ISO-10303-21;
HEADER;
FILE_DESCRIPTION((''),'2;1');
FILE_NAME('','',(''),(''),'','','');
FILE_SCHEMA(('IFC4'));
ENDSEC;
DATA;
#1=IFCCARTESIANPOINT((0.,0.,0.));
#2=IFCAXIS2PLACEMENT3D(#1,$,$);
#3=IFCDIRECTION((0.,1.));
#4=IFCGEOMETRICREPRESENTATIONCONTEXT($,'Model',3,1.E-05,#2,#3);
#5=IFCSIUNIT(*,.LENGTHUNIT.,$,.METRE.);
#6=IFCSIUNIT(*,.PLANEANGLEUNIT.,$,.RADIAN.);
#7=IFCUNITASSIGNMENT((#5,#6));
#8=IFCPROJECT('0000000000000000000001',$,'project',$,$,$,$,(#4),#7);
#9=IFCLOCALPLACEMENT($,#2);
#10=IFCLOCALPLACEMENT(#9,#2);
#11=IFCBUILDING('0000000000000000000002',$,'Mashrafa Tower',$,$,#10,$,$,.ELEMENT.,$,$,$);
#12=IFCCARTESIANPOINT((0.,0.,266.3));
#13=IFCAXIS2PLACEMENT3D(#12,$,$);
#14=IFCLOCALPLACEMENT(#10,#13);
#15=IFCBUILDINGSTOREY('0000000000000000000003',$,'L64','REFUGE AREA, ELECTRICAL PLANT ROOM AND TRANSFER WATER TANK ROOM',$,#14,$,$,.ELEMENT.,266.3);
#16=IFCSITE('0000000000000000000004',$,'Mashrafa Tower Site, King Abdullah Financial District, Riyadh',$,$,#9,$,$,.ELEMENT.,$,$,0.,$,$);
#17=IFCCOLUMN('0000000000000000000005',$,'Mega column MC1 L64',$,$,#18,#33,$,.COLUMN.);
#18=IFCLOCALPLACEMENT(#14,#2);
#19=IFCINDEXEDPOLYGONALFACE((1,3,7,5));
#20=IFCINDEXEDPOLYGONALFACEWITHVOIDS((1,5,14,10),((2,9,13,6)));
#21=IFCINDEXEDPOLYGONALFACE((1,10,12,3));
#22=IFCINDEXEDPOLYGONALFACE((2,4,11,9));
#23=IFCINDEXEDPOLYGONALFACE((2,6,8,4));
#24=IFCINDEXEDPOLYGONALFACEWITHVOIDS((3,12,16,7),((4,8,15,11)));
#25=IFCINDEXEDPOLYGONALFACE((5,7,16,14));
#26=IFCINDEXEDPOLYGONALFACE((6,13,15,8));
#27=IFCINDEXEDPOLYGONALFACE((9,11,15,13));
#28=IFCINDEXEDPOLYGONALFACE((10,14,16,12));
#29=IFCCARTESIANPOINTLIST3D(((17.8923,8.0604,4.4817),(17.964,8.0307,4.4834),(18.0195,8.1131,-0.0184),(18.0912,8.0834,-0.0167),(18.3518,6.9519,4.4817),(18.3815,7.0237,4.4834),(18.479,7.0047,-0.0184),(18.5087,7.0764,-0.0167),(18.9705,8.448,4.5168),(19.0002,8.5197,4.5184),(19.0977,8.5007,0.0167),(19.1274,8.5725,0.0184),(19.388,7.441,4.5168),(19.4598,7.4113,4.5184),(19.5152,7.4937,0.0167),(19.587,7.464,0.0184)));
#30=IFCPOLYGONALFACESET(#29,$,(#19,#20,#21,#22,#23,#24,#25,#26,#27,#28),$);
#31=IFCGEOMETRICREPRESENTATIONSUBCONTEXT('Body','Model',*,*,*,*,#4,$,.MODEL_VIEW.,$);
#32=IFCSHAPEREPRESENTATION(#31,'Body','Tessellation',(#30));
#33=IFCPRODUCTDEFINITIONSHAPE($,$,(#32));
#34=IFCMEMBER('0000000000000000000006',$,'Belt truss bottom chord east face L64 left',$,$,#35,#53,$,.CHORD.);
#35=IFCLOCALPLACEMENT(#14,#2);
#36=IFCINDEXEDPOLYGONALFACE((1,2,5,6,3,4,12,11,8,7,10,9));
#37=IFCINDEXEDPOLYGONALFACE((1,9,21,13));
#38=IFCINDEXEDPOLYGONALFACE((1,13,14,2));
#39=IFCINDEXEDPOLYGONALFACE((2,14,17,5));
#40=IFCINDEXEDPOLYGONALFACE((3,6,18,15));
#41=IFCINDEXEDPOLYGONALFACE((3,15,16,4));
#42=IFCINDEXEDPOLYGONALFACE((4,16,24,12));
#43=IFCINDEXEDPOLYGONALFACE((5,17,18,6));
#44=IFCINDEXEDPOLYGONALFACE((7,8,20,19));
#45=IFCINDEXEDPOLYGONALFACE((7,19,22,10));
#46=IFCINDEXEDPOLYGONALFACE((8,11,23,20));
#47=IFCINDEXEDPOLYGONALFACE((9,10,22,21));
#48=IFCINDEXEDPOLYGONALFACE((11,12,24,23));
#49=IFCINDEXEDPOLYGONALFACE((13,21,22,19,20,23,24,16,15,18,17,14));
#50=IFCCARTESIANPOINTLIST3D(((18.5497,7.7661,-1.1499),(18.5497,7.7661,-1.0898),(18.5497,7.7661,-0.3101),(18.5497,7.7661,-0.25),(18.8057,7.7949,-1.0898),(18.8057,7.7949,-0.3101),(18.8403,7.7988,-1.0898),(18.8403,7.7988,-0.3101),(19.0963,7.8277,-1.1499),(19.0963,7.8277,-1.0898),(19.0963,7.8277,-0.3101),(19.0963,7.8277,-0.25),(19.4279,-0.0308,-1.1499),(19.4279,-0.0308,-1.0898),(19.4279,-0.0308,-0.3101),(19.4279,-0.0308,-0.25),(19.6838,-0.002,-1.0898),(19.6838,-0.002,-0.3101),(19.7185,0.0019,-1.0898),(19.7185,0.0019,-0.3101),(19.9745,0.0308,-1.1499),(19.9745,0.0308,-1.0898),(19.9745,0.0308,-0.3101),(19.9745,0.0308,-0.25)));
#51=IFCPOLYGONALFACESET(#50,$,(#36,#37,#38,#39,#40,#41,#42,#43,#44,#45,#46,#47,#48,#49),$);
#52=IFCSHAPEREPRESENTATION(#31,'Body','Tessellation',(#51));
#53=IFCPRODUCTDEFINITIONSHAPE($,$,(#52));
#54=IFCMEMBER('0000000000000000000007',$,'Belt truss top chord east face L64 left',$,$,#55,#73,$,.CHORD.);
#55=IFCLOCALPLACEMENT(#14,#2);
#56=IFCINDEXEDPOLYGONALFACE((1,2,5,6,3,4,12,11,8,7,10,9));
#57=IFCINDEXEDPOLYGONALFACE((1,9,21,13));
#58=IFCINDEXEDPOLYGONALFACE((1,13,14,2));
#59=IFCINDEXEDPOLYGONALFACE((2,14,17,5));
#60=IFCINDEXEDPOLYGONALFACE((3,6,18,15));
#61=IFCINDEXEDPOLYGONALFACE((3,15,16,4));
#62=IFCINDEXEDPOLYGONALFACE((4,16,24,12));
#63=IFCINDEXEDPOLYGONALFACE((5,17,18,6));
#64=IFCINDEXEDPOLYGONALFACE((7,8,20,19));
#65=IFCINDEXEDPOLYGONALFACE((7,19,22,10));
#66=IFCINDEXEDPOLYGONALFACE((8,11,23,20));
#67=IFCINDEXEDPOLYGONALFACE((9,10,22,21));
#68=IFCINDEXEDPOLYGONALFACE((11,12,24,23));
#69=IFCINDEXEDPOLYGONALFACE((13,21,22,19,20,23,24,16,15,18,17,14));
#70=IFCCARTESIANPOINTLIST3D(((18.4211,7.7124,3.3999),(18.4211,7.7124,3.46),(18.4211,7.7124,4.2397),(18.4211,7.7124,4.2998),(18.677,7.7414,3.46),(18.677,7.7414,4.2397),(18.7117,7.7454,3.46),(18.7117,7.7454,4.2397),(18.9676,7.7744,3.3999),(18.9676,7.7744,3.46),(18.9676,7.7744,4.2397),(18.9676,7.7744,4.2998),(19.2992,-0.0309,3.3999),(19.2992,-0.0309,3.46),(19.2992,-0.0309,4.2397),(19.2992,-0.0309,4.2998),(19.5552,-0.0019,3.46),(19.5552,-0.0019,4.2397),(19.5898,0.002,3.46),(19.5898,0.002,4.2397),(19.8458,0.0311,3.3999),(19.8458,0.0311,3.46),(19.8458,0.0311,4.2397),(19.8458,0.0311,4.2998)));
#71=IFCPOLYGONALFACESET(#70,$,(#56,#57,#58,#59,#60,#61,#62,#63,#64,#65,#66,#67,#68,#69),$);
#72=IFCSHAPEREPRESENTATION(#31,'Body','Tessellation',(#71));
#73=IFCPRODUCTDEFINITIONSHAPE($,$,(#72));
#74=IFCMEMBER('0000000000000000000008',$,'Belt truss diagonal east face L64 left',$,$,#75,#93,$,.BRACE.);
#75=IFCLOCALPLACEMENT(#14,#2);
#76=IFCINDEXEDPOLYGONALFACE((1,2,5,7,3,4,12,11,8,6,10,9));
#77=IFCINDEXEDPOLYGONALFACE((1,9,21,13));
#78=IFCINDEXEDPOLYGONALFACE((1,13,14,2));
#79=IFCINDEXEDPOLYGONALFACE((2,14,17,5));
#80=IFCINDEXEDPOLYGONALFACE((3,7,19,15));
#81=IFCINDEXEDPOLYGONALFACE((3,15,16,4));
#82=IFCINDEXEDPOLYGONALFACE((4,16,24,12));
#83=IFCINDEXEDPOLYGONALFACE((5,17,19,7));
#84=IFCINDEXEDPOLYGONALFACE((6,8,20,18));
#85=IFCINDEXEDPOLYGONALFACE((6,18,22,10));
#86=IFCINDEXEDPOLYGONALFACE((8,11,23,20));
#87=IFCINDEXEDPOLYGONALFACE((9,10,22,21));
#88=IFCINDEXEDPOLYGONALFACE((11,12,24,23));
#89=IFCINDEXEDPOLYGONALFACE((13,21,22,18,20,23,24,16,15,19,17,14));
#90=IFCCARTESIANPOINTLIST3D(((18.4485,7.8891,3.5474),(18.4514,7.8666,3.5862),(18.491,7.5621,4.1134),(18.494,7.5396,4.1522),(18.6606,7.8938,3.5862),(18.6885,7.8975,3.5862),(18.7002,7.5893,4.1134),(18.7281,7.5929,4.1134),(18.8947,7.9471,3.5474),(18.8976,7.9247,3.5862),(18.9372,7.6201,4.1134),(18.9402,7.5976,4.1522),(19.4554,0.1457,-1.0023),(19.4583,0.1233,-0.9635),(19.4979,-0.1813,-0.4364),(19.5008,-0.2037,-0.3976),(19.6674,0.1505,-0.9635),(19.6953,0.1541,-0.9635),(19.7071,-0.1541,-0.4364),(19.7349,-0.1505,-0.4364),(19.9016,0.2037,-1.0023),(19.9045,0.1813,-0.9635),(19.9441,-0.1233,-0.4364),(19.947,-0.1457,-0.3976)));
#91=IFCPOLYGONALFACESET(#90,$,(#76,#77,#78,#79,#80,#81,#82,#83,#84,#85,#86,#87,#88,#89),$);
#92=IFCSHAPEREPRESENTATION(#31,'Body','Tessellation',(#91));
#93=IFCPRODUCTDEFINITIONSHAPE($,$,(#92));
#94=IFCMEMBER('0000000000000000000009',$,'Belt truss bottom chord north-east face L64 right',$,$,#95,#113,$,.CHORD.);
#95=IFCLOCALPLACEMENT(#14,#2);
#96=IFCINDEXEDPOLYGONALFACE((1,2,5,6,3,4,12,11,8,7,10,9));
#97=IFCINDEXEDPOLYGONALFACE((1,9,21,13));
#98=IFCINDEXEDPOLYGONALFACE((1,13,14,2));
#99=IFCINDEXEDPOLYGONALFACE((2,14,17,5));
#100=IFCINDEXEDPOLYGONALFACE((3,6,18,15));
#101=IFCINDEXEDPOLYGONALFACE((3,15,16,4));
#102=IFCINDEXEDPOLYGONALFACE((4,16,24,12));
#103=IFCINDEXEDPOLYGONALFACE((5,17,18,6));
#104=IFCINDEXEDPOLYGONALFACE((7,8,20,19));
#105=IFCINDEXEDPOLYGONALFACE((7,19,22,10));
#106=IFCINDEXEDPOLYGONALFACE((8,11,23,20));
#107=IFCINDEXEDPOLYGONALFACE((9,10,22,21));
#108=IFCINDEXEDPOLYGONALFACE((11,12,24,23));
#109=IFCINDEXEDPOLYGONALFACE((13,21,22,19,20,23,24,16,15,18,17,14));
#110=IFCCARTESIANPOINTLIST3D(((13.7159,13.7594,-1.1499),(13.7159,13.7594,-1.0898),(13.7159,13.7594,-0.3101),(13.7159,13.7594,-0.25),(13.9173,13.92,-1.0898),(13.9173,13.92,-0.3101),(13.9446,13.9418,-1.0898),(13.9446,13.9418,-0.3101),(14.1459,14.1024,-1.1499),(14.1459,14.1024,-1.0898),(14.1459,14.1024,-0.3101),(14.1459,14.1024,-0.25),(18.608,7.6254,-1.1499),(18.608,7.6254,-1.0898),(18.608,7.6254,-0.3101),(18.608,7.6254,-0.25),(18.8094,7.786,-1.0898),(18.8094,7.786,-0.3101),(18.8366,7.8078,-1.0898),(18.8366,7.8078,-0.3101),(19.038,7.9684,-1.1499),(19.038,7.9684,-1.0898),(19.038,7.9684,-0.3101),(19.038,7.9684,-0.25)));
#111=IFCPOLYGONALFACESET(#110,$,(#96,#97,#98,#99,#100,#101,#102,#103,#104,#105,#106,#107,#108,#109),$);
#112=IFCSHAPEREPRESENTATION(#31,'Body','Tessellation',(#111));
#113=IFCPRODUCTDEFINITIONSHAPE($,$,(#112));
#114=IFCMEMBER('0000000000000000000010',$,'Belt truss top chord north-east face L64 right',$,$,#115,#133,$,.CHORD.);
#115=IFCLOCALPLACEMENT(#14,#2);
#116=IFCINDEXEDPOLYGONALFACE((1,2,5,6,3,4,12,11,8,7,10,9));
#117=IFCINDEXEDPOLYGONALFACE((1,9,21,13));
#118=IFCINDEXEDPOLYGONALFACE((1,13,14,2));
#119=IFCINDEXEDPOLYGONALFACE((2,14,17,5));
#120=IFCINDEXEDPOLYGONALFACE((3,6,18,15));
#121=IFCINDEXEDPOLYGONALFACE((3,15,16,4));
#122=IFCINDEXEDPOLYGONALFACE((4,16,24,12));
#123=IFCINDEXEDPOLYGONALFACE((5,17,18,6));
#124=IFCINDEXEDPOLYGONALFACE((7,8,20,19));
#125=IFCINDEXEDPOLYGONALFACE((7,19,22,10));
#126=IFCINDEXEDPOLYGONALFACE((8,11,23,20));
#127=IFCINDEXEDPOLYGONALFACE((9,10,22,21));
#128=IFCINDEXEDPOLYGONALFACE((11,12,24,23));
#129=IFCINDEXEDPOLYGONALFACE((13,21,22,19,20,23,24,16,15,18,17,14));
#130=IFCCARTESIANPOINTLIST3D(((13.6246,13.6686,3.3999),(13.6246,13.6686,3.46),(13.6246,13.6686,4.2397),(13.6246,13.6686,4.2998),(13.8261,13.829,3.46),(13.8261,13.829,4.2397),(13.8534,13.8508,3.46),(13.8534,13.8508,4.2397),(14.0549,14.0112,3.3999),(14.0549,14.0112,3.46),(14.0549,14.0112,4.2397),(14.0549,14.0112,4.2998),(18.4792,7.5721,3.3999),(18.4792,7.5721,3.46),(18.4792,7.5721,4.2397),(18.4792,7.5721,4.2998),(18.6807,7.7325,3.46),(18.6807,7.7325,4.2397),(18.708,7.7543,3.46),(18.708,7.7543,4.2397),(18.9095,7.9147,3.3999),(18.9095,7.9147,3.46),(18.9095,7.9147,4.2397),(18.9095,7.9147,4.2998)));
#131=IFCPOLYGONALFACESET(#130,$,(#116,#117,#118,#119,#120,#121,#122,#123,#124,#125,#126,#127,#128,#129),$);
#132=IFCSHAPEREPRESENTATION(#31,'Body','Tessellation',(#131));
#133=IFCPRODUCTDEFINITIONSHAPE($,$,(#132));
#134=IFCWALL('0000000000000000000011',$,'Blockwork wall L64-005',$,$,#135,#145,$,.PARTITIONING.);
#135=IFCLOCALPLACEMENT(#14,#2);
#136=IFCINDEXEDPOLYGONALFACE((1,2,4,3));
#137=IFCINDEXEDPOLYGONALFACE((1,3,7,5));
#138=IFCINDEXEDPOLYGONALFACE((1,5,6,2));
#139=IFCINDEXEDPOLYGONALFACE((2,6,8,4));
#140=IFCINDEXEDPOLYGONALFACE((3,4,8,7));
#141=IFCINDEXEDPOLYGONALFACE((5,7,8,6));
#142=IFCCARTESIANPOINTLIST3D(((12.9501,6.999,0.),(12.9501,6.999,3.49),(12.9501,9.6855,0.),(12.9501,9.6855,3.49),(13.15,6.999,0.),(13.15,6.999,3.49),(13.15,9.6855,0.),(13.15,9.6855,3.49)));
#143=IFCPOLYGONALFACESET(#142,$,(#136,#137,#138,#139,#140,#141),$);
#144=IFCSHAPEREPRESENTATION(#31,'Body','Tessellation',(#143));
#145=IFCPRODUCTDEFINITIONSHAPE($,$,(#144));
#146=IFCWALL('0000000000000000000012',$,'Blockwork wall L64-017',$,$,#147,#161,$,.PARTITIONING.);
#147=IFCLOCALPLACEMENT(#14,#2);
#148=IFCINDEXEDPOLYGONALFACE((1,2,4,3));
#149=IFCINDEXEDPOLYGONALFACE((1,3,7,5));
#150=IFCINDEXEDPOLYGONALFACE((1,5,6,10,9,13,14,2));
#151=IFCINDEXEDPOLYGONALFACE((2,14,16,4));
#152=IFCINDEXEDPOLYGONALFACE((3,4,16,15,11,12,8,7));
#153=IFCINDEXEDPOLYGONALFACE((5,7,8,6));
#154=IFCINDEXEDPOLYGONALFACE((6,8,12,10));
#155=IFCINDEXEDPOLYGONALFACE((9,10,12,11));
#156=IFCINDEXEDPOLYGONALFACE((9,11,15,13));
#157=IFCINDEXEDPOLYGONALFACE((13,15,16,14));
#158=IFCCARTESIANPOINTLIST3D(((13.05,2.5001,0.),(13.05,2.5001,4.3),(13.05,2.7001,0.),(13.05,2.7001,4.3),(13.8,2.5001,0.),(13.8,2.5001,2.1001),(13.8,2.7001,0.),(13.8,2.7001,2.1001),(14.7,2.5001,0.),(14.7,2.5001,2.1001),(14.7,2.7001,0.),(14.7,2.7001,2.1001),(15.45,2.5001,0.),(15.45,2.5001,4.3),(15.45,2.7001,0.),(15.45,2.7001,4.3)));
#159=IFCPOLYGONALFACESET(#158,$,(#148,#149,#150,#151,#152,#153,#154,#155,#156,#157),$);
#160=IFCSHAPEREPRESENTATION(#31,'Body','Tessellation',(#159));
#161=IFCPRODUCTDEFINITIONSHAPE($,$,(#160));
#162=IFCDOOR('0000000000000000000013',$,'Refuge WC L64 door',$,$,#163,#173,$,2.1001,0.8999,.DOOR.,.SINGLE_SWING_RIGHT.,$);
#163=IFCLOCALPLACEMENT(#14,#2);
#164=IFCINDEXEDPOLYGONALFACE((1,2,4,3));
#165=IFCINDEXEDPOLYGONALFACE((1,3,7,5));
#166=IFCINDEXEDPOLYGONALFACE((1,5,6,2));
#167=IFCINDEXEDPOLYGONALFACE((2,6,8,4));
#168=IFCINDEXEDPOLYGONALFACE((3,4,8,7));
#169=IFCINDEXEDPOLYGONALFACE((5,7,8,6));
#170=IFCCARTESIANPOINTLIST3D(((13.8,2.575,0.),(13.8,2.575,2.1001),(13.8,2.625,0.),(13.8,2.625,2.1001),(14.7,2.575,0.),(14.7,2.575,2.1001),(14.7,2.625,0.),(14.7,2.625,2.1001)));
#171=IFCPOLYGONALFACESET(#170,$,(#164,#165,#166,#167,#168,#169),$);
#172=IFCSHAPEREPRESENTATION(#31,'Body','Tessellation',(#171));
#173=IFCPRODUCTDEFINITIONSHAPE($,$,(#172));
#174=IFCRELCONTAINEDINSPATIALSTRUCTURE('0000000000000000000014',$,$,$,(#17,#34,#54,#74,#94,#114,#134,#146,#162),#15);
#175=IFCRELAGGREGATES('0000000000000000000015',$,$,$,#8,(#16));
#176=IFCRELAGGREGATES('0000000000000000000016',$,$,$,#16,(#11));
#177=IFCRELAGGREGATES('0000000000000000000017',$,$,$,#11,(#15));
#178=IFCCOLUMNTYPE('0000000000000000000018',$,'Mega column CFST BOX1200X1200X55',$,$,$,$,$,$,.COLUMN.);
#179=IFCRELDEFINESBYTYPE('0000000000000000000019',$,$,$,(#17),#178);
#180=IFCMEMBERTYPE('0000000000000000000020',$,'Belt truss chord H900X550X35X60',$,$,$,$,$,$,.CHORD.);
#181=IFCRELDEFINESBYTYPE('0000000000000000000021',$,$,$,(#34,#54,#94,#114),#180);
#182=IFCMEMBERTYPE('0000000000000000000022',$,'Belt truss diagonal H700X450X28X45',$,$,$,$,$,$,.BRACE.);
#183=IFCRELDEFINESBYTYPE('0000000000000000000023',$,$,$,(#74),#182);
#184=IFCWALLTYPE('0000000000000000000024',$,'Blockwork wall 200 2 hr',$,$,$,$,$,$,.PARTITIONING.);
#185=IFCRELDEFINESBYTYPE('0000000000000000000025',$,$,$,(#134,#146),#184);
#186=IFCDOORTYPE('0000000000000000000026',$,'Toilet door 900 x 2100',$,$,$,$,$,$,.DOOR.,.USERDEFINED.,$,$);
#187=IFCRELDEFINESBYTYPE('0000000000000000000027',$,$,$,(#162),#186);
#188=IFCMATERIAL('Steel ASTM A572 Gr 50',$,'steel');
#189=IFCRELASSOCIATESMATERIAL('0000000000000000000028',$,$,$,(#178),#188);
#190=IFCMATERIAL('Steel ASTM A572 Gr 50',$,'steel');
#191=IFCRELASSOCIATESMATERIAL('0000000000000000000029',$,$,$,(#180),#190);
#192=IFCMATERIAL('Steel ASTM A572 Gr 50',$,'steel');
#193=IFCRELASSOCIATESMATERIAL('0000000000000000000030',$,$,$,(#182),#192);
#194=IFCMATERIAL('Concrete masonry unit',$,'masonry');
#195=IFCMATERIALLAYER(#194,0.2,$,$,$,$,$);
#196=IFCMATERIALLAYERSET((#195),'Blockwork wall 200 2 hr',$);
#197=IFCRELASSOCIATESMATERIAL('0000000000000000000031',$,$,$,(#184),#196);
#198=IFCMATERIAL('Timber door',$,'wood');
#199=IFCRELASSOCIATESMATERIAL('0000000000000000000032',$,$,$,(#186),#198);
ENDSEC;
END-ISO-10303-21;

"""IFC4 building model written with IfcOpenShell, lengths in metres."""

from ifc_helpers import new_model, si_unit, direction, frame, frame_2d, origin, origin_2d, place, context, subcontext, project, spatial, rectangle, hollow_rectangle, i_section, extrude, source, transform, mapped, material, layer, layer_set, material_profile, profile_set, type_object, type_shapes, element, fill, save


model = new_model("IFC4")

# Units and contexts
model_context = context("Model", 3, precision=1e-05, world=origin(), true_north=direction((0.0, 1.0)))
body_context = subcontext(model_context, "Body", "Model", "MODEL_VIEW")
ifc_project = project(units=[si_unit("LENGTHUNIT", "METRE"), si_unit("PLANEANGLEUNIT", "RADIAN")], contexts=[model_context])

# Site, building, storey
site_placement = place(None, origin())
site = spatial("IfcSite", under=ifc_project, at=site_placement, Name="Mashrafa Tower Site, King Abdullah Financial District, Riyadh", CompositionType="ELEMENT", RefElevation=0.0)
building_placement = place(site_placement, origin())
building = spatial("IfcBuilding", under=site, at=building_placement, Name="Mashrafa Tower", CompositionType="ELEMENT")
storey_placement = place(building_placement, frame((0.0, 0.0, 266.3)))
storey = spatial("IfcBuildingStorey", under=building, at=storey_placement, Name="L64", Description="REFUGE AREA, ELECTRICAL PLANT ROOM AND TRANSFER WATER TANK ROOM", CompositionType="ELEMENT", Elevation=266.3)

# Column
ifc_material_1 = material(Name="Steel ASTM A572 Gr 50", Category="steel")
ifc_material_profile_1 = material_profile(ifc_material_1, hollow_rectangle(XDim=1.2, YDim=1.2, WallThickness=0.0549, at=origin_2d()), Name="BOX1200X1200X55")
ifc_profile_set_1 = profile_set([ifc_material_profile_1], Name="Steel ASTM A572 Gr 50")
column_type = type_object("IfcColumnType", Name="Mega column CFST BOX1200X1200X55", PredefinedType="COLUMN", material=ifc_profile_set_1)
column_placement = place(storey_placement, frame((18.8032, 7.7886, 0.0), z_axis=(-0.028253, -0.011713, 0.999532), x_axis=(0.382978, -0.923757, 0.0)))
element("IfcColumn", 1, at=column_placement, inside=storey, type_object=column_type, Name="Mega column MC1 L64", PredefinedType="COLUMN", context=body_context, shape_type="SweptSolid", body=[
    extrude(hollow_rectangle(XDim=1.2, YDim=1.2, WallThickness=0.0549, at=origin_2d()), origin(), (0.0, 0.0, 1.0), 4.5022),
])

# Members
ifc_material_2 = material(Name="Steel ASTM A572 Gr 50", Category="steel")
ifc_material_profile_2 = material_profile(ifc_material_2, i_section(OverallWidth=0.55, OverallDepth=0.8999, WebThickness=0.0349, FlangeThickness=0.0601, at=origin_2d()), Name="H900X550X35X60")
ifc_profile_set_2 = profile_set([ifc_material_profile_2], Name="Steel ASTM A572 Gr 50")
member_type_1 = type_object("IfcMemberType", Name="Belt truss chord H900X550X35X60", PredefinedType="CHORD", material=ifc_profile_set_2)
shared_shape_1 = source(origin(), body_context, "Body", "SweptSolid", [
    extrude(i_section(OverallWidth=0.55, OverallDepth=0.8999, WebThickness=0.0349, FlangeThickness=0.0601, at=origin_2d()), origin(), (0.0, 0.0, 1.0), 7.8462),
])
member_1_placement = place(storey_placement, frame((18.823, 7.7969, -0.7), z_axis=(0.111924, -0.993717, 0.0), x_axis=(0.993717, 0.111924, 0.0)))
element("IfcMember", 2, at=member_1_placement, inside=storey, type_object=member_type_1, Name="Belt truss bottom chord east face L64 left", PredefinedType="CHORD", context=body_context, shape_type="MappedRepresentation", body=[
    mapped(shared_shape_1, transform((0.0, 0.0, 0.0))),
])
shared_shape_2 = source(origin(), body_context, "Body", "SweptSolid", [
    extrude(i_section(OverallWidth=0.55, OverallDepth=0.8999, WebThickness=0.0349, FlangeThickness=0.0601, at=origin_2d()), origin(), (0.0, 0.0, 1.0), 7.793),
])
member_2_placement = place(storey_placement, frame((18.6943, 7.7434, 3.8499), z_axis=(0.112687, -0.993631, 0.0), x_axis=(0.993631, 0.112687, 0.0)))
element("IfcMember", 3, at=member_2_placement, inside=storey, type_object=member_type_1, Name="Belt truss top chord east face L64 left", PredefinedType="CHORD", context=body_context, shape_type="MappedRepresentation", body=[
    mapped(shared_shape_2, transform((0.0, 0.0, 0.0))),
])
ifc_material_3 = material(Name="Steel ASTM A572 Gr 50", Category="steel")
ifc_material_profile_3 = material_profile(ifc_material_3, i_section(OverallWidth=0.45, OverallDepth=0.7, WebThickness=0.0281, FlangeThickness=0.0449, at=origin_2d()), Name="H700X450X28X45")
ifc_profile_set_3 = profile_set([ifc_material_profile_3], Name="Steel ASTM A572 Gr 50")
member_type_2 = type_object("IfcMemberType", Name="Belt truss diagonal H700X450X28X45", PredefinedType="BRACE", material=ifc_profile_set_3)
shared_shape_3 = source(origin(), body_context, "Body", "SweptSolid", [
    extrude(i_section(OverallWidth=0.45, OverallDepth=0.7, WebThickness=0.0281, FlangeThickness=0.0449, at=origin_2d()), origin(), (0.0, 0.0, 1.0), 9.0374),
])
type_shapes(member_type_2, [shared_shape_3])
member_3_placement = place(storey_placement, frame((19.7012, 0.0, -0.7), z_axis=(-0.111408, 0.856817, 0.503441), x_axis=(-0.991652, -0.12894, 0.0)))
element("IfcMember", 4, at=member_3_placement, inside=storey, type_object=member_type_2, Name="Belt truss diagonal east face L64 left", PredefinedType="BRACE", context=body_context, shape_type="MappedRepresentation", body=[
    mapped(shared_shape_3, transform((0.0, 0.0, 0.0))),
])
shared_shape_4 = source(origin(), body_context, "Body", "SweptSolid", [
    extrude(i_section(OverallWidth=0.55, OverallDepth=0.8999, WebThickness=0.0349, FlangeThickness=0.0601, at=origin_2d()), origin(), (0.0, 0.0, 1.0), 7.8459),
])
member_4_placement = place(storey_placement, frame((18.823, 7.7969, -0.7), z_axis=(-0.623518, 0.781809, 0.0), x_axis=(-0.781809, -0.623518, 0.0)))
element("IfcMember", 5, at=member_4_placement, inside=storey, type_object=member_type_1, Name="Belt truss bottom chord north-east face L64 right", PredefinedType="CHORD", context=body_context, shape_type="MappedRepresentation", body=[
    mapped(shared_shape_4, transform((0.0, 0.0, 0.0))),
])
shared_shape_5 = source(origin(), body_context, "Body", "SweptSolid", [
    extrude(i_section(OverallWidth=0.55, OverallDepth=0.8999, WebThickness=0.0349, FlangeThickness=0.0601, at=origin_2d()), origin(), (0.0, 0.0, 1.0), 7.7932),
])
type_shapes(member_type_1, [shared_shape_1, shared_shape_2, shared_shape_4, shared_shape_5])
member_5_placement = place(storey_placement, frame((18.6943, 7.7434, 3.8499), z_axis=(-0.622921, 0.782285, 0.0), x_axis=(-0.782285, -0.622921, 0.0)))
element("IfcMember", 6, at=member_5_placement, inside=storey, type_object=member_type_1, Name="Belt truss top chord north-east face L64 right", PredefinedType="CHORD", context=body_context, shape_type="MappedRepresentation", body=[
    mapped(shared_shape_5, transform((0.0, 0.0, 0.0))),
])

# Wall
ifc_material_4 = material(Name="Concrete masonry unit", Category="masonry")
ifc_layer_1 = layer(ifc_material_4, 0.2)
ifc_layer_set_1 = layer_set([ifc_layer_1], Name="Blockwork wall 200 2 hr")
wall_type_1 = type_object("IfcWallType", Name="Blockwork wall 200 2 hr", PredefinedType="PARTITIONING", material=ifc_layer_set_1)
wall_1_placement = place(storey_placement, frame((13.05, 6.999, 0.0), z_axis=(0.0, 0.0, 1.0), x_axis=(0.0, 1.0, 0.0)))
element("IfcWall", 7, at=wall_1_placement, inside=storey, type_object=wall_type_1, Name="Blockwork wall L64-005", PredefinedType="PARTITIONING", context=body_context, shape_type="SweptSolid", body=[
    extrude(rectangle(XDim=2.6865, YDim=0.2, at=frame_2d((1.3433, 0.0))), origin(), (0.0, 0.0, 1.0), 3.49),
])

# Wall, opening, door
wall_2_placement = place(storey_placement, frame((13.05, 2.6001, 0.0), z_axis=(0.0, 0.0, 1.0), x_axis=(1.0, 0.0, 0.0)))
wall_2 = element("IfcWall", 8, at=wall_2_placement, inside=storey, type_object=wall_type_1, Name="Blockwork wall L64-017", PredefinedType="PARTITIONING", context=body_context, shape_type="SweptSolid", body=[
    extrude(rectangle(XDim=2.3999, YDim=0.2, at=frame_2d((1.2, 0.0))), origin(), (0.0, 0.0, 1.0), 4.3),
])
opening_1_placement = place(wall_2_placement, frame((0.75, 0.0, 0.0)))
opening_1 = element("IfcOpeningElement", 9, at=opening_1_placement, cuts=wall_2, PredefinedType="OPENING", context=body_context, shape_type="SweptSolid", body=[
    extrude(rectangle(XDim=0.8999, YDim=2.1001, at=frame_2d((0.45, 1.05))), frame((0.0, 0.1099, 0.0), z_axis=(0.0, -1.0, 0.0), x_axis=(1.0, 0.0, 0.0)), (0.0, 0.0, 1.0), 0.22),
])
ifc_material_5 = material(Name="Timber door", Category="wood")
door_type_1 = type_object("IfcDoorType", Name="Toilet door 900 x 2100", OperationType="USERDEFINED", PredefinedType="DOOR", material=ifc_material_5)
door_1_placement = place(opening_1_placement, origin())
door_1 = element("IfcDoor", 10, at=door_1_placement, inside=storey, type_object=door_type_1, Name="Refuge WC L64 door", OperationType="SINGLE_SWING_RIGHT", OverallHeight=2.1001, OverallWidth=0.8999, PredefinedType="DOOR", context=body_context, shape_type="SweptSolid", body=[
    extrude(rectangle(XDim=0.8999, YDim=2.1001, at=frame_2d((0.45, 1.05))), frame((0.0, 0.0249, 0.0), z_axis=(0.0, -1.0, 0.0), x_axis=(1.0, 0.0, 0.0)), (0.0, 0.0, 1.0), 0.05),
])
fill(opening_1, door_1)

save(model, "model.ifc")
